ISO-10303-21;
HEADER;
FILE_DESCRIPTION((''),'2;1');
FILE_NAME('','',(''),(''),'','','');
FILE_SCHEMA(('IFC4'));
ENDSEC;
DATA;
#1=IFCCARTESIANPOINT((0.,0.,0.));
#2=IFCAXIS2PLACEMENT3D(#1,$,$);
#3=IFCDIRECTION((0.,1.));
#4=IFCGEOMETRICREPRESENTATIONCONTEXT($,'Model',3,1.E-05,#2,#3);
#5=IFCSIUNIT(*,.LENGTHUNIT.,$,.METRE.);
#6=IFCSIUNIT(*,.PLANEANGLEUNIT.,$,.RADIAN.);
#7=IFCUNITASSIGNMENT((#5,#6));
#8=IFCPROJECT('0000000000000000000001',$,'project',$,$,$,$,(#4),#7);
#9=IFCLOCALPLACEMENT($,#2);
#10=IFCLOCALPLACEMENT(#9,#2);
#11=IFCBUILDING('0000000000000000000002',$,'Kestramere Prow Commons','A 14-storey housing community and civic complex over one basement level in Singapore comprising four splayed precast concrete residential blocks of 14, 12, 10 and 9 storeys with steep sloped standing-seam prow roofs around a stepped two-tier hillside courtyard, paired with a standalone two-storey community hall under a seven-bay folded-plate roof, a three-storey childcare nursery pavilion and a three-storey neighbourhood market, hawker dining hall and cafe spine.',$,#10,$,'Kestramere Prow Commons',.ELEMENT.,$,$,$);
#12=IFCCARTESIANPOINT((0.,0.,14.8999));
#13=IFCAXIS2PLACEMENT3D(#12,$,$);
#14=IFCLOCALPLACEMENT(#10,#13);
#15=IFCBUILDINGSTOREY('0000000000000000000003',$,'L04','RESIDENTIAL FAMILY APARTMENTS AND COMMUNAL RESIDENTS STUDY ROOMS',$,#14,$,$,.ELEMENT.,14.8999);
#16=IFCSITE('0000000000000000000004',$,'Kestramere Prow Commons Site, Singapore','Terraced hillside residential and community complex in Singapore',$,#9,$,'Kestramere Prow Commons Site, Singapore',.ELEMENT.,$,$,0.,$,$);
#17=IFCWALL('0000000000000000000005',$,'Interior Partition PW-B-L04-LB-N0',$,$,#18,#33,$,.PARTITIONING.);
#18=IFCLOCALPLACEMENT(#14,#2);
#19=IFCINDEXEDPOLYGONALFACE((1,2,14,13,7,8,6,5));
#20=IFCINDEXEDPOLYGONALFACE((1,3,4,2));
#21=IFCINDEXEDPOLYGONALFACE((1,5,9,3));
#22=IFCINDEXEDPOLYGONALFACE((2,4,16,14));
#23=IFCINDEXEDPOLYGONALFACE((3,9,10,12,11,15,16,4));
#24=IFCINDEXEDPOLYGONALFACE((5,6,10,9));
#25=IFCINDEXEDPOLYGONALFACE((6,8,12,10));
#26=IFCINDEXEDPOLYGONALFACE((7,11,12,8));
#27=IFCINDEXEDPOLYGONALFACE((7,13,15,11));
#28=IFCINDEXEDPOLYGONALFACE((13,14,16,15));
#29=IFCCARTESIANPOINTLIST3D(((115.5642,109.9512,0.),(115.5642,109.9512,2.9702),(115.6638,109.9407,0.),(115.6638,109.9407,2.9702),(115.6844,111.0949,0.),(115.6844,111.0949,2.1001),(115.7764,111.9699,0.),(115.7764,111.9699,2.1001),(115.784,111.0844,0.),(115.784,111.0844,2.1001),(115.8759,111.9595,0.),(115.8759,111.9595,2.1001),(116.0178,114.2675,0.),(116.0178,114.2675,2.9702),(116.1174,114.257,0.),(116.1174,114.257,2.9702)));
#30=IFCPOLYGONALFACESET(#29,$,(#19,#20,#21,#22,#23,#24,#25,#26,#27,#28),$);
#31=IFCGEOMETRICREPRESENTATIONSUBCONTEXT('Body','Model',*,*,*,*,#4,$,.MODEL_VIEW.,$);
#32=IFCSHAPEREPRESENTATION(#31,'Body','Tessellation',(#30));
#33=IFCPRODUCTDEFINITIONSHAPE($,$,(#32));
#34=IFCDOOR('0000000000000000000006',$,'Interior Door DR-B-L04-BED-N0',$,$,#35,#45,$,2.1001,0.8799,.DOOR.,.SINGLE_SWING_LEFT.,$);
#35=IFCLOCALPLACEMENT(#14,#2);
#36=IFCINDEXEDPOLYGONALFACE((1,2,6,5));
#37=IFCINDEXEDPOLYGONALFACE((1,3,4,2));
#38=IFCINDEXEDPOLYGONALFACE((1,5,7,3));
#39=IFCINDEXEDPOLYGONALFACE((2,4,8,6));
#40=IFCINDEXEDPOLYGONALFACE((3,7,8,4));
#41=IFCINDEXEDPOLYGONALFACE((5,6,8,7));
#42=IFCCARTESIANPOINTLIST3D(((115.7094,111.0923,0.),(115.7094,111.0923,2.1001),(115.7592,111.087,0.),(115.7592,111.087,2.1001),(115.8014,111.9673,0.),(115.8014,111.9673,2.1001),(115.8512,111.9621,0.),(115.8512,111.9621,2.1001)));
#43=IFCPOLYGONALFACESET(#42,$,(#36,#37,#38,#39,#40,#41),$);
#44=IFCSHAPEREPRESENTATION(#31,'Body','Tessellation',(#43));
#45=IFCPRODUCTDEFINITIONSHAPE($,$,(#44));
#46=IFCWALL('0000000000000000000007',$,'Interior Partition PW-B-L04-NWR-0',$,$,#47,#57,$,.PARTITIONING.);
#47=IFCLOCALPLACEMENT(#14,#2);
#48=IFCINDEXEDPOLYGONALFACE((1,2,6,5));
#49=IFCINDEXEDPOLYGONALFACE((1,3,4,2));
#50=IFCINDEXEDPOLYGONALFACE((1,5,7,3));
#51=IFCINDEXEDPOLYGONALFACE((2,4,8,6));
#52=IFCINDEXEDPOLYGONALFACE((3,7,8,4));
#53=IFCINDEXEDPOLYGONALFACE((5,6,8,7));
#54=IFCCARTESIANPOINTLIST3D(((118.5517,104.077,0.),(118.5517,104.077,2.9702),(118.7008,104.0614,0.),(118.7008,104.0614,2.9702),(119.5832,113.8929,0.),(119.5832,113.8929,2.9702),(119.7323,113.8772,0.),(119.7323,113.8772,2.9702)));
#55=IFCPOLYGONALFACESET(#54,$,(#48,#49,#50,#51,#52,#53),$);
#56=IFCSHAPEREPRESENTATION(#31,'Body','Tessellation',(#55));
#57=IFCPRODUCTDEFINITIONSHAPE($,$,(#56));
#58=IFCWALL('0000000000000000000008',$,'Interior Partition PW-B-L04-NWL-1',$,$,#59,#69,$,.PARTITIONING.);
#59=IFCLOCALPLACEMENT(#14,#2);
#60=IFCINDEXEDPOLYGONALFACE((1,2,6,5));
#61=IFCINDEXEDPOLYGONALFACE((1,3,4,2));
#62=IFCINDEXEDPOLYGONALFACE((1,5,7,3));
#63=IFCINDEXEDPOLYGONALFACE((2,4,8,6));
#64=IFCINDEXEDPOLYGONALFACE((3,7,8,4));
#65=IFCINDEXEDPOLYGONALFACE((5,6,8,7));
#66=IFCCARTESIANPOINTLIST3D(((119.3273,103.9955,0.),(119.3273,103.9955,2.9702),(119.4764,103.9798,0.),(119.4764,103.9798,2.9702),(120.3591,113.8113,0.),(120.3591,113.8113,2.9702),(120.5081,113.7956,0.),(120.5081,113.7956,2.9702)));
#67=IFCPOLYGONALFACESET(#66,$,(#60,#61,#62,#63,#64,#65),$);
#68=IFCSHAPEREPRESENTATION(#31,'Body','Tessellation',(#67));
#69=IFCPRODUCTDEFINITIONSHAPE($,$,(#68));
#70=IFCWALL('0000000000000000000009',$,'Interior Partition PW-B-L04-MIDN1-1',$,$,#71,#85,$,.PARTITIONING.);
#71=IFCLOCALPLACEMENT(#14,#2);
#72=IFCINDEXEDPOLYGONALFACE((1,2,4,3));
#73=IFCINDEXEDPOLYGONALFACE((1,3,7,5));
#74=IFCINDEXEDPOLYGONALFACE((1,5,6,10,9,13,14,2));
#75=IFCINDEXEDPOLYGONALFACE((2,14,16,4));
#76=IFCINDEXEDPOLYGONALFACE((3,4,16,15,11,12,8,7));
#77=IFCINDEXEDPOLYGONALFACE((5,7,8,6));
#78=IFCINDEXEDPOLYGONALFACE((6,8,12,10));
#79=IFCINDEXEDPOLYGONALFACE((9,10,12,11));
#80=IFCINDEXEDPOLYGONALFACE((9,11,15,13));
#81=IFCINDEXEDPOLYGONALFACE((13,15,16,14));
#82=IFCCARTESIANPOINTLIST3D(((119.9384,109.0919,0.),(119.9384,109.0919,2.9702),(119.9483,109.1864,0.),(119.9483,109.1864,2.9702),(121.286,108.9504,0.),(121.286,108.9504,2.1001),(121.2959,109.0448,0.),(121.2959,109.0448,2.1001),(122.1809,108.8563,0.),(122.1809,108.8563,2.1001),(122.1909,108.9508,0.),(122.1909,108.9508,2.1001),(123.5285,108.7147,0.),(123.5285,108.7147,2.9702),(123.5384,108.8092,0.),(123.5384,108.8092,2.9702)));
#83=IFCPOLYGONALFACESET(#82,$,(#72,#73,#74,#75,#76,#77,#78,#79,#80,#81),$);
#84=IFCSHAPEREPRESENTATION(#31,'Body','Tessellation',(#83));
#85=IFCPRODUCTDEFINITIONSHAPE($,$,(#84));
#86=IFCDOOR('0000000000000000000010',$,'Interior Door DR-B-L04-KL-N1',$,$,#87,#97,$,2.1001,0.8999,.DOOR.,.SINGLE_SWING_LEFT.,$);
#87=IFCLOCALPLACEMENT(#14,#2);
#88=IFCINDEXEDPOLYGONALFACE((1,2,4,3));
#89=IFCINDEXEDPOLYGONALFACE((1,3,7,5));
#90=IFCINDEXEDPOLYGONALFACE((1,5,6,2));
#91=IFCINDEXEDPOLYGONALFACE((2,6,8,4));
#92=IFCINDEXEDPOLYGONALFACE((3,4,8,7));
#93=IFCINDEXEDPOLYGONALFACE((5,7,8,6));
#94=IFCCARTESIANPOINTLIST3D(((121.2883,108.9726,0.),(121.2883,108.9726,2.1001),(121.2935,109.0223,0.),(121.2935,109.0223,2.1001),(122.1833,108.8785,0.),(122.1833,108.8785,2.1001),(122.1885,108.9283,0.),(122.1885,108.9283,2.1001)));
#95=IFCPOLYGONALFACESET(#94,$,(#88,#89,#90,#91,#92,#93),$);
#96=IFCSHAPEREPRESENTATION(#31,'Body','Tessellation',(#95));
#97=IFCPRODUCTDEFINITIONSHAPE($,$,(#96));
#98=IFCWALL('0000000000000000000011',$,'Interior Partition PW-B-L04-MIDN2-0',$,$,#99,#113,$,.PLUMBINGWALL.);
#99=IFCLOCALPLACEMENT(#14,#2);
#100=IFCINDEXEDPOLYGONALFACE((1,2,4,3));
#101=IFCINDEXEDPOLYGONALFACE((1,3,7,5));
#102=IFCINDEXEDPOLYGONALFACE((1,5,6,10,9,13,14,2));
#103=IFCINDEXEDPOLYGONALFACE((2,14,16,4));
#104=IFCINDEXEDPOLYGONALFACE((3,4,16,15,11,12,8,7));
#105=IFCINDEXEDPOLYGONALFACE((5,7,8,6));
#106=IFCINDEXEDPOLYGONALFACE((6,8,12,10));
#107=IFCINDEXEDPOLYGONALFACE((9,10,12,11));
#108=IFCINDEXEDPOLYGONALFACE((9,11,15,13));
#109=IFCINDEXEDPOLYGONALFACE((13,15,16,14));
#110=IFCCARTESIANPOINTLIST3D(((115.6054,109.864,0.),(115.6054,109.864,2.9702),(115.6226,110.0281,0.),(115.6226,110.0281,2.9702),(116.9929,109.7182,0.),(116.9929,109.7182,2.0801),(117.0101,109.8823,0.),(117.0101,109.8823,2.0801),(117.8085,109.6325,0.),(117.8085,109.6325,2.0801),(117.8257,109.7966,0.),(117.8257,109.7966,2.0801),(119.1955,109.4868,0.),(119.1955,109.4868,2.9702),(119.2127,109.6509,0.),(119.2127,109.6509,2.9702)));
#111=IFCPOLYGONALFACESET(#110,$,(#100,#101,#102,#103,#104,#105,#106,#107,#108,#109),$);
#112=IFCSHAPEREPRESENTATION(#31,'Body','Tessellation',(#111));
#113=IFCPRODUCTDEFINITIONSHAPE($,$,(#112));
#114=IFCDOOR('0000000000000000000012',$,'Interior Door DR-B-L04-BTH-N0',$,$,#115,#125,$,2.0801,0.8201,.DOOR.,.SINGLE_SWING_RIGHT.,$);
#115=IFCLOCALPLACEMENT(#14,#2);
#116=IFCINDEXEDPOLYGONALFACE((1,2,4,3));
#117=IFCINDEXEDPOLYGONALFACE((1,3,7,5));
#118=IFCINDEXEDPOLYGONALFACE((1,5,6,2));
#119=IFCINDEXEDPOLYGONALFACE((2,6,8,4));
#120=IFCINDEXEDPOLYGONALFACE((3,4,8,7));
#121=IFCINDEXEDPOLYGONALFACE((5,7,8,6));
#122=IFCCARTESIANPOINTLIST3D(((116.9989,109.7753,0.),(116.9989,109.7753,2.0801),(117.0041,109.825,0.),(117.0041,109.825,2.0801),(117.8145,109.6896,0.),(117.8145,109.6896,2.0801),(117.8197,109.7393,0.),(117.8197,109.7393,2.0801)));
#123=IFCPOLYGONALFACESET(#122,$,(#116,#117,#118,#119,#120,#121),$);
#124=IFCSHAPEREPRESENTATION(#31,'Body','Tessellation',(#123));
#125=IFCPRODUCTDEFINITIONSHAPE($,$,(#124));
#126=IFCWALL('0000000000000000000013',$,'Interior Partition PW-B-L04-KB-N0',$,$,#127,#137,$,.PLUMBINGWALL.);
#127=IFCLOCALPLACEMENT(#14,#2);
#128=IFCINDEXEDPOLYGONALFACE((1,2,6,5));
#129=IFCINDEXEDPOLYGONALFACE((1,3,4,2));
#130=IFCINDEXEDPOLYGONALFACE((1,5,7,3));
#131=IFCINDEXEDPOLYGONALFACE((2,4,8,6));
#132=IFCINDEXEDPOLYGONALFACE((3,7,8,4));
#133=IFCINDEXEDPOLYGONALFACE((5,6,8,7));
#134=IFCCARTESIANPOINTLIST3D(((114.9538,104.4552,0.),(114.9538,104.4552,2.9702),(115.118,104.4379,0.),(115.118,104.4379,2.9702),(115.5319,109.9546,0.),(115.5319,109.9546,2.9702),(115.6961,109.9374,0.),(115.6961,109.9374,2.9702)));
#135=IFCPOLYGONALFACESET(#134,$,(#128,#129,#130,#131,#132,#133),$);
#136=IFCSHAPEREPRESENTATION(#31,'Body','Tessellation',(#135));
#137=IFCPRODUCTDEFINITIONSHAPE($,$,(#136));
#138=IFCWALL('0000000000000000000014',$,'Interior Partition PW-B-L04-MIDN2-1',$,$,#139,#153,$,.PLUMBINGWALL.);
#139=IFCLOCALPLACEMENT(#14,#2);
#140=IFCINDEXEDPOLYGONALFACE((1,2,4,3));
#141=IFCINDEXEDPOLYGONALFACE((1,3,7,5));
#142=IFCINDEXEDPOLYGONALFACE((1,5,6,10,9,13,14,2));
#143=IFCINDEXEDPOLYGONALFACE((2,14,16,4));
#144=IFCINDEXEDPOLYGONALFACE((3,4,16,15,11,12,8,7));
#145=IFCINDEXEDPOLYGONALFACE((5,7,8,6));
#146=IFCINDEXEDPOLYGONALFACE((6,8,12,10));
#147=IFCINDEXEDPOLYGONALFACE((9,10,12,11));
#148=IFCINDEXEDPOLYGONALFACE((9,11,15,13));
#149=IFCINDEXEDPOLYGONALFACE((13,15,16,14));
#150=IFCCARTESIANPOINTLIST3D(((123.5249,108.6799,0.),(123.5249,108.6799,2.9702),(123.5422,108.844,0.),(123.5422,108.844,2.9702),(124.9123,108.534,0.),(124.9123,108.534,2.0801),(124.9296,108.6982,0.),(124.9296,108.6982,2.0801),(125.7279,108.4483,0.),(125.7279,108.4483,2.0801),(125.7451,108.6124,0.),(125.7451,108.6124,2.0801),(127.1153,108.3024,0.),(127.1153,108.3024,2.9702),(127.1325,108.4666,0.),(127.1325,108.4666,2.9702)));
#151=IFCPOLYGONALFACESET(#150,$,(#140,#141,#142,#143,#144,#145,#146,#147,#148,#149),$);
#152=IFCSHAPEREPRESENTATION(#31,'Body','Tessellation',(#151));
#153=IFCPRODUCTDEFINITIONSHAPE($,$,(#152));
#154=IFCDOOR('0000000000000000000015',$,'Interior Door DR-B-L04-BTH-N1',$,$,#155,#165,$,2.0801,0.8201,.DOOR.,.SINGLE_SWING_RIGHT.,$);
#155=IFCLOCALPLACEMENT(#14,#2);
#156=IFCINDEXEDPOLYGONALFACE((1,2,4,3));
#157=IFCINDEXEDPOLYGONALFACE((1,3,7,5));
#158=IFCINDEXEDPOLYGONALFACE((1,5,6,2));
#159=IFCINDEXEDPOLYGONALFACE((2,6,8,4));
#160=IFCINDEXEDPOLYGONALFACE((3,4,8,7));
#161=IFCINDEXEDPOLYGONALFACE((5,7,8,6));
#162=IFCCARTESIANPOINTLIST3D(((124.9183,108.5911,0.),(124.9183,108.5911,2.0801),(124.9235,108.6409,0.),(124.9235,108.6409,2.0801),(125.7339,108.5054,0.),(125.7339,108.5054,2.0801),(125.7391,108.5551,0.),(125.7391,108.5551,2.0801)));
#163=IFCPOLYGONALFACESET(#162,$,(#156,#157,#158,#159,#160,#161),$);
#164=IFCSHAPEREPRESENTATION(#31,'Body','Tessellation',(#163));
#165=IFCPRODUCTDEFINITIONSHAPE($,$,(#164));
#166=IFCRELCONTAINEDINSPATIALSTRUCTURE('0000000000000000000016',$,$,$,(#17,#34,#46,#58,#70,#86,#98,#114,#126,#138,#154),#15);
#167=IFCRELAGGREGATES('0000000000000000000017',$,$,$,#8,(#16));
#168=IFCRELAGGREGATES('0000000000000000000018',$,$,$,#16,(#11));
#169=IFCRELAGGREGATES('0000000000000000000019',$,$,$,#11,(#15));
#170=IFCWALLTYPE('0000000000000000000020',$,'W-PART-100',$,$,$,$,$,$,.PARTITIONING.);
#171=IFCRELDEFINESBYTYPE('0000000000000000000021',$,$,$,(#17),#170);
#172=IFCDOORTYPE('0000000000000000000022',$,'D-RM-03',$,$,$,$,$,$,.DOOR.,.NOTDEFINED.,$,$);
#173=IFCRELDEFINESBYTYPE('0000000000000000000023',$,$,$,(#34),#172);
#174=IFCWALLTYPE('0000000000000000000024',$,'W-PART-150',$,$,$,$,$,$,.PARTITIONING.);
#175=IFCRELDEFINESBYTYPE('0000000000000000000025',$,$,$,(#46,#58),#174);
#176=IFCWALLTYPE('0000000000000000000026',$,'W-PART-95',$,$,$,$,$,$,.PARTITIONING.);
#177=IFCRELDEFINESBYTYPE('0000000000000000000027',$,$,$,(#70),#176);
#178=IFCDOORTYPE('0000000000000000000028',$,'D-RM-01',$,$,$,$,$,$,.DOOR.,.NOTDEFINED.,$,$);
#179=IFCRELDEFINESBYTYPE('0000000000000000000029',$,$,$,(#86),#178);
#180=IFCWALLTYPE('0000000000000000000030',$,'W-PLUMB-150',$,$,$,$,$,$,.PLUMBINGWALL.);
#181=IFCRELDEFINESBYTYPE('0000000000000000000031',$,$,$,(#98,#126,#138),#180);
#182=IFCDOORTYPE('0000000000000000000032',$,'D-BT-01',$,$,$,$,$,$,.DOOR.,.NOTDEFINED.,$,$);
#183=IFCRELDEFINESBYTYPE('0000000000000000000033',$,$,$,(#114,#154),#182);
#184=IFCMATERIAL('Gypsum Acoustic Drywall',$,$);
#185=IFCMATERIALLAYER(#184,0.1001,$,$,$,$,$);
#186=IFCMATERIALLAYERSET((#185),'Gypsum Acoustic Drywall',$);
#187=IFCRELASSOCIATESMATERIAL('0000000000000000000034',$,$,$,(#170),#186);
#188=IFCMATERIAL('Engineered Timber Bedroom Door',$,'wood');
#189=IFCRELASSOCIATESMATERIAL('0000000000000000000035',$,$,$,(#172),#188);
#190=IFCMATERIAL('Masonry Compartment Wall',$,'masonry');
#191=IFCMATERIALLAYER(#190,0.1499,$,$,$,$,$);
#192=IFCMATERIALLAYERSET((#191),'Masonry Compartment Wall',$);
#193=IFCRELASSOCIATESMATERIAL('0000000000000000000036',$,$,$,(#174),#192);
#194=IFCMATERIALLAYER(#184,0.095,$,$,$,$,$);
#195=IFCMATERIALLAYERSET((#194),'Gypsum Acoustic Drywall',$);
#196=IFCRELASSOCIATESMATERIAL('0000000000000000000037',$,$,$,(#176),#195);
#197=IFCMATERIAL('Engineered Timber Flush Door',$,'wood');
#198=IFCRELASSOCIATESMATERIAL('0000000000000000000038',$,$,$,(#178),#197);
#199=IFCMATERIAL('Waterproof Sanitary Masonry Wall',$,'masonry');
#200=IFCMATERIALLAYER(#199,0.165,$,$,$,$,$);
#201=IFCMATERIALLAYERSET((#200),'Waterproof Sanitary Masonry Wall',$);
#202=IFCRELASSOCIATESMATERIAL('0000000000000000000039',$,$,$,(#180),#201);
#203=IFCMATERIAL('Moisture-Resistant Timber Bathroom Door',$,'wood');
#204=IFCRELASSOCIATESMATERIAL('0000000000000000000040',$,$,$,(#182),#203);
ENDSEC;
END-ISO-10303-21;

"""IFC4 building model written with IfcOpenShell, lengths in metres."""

from ifc_helpers import new_model, si_unit, direction, frame, frame_2d, origin, place, context, subcontext, project, spatial, rectangle, extrude, material, layer, layer_set, type_object, element, fill, save


model = new_model("IFC4")

# Units and contexts
model_context = context("Model", 3, precision=1e-05, world=origin(), true_north=direction((0.0, 1.0)))
body_context = subcontext(model_context, "Body", "Model", "MODEL_VIEW")
ifc_project = project(units=[si_unit("LENGTHUNIT", "METRE"), si_unit("PLANEANGLEUNIT", "RADIAN")], contexts=[model_context])

# Site, building, storey
site_placement = place(None, origin())
site = spatial("IfcSite", under=ifc_project, at=site_placement, Name="Kestramere Prow Commons Site, Singapore", Description="Terraced hillside residential and community complex in Singapore", LongName="Kestramere Prow Commons Site, Singapore", CompositionType="ELEMENT", RefElevation=0.0)
building_placement = place(site_placement, origin())
building = spatial("IfcBuilding", under=site, at=building_placement, Name="Kestramere Prow Commons", Description="A 14-storey housing community and civic complex over one basement level in Singapore comprising four splayed precast concrete residential blocks of 14, 12, 10 and 9 storeys with steep sloped standing-seam prow roofs around a stepped two-tier hillside courtyard, paired with a standalone two-storey community hall under a seven-bay folded-plate roof, a three-storey childcare nursery pavilion and a three-storey neighbourhood market, hawker dining hall and cafe spine.", LongName="Kestramere Prow Commons", CompositionType="ELEMENT")
storey_placement = place(building_placement, frame((0.0, 0.0, 14.8999)))
storey = spatial("IfcBuildingStorey", under=building, at=storey_placement, Name="L04", Description="RESIDENTIAL FAMILY APARTMENTS AND COMMUNAL RESIDENTS STUDY ROOMS", CompositionType="ELEMENT", Elevation=14.8999)

# Wall, opening, door
ifc_material_1 = material(Name="Gypsum Acoustic Drywall")
ifc_layer_1 = layer(ifc_material_1, 0.1001)
ifc_layer_set_1 = layer_set([ifc_layer_1], Name="Gypsum Acoustic Drywall")
wall_type_1 = type_object("IfcWallType", Name="W-PART-100", PredefinedType="PARTITIONING", material=ifc_layer_set_1)
wall_1_placement = place(storey_placement, frame((115.614, 109.946, 0.0), z_axis=(0.0, 0.0, 1.0), x_axis=(0.104515, 0.994523, 0.0)))
wall_1 = element("IfcWall", 1, at=wall_1_placement, inside=storey, type_object=wall_type_1, Name="Interior Partition PW-B-L04-LB-N0", PredefinedType="PARTITIONING", context=body_context, shape_type="SweptSolid", body=[
    extrude(rectangle(XDim=4.3401, YDim=0.1001, at=frame_2d((2.1699, 0.0))), origin(), (0.0, 0.0, 1.0), 2.9702),
])
opening_1_placement = place(wall_1_placement, frame((1.1499, 0.0, 0.0)))
opening_1 = element("IfcOpeningElement", 2, at=opening_1_placement, cuts=wall_1, PredefinedType="OPENING", context=body_context, shape_type="SweptSolid", body=[
    extrude(rectangle(XDim=0.8799, YDim=2.1001, at=frame_2d((0.4399, 1.05))), frame((0.0, 0.0649, 0.0), z_axis=(0.0, -1.0, 0.0), x_axis=(1.0, 0.0, 0.0)), (0.0, 0.0, 1.0), 0.1301),
])
ifc_material_2 = material(Name="Engineered Timber Bedroom Door", Category="wood")
door_type_1 = type_object("IfcDoorType", Name="D-RM-03", OperationType="NOTDEFINED", PredefinedType="DOOR", material=ifc_material_2)
door_1_placement = place(opening_1_placement, origin())
door_1 = element("IfcDoor", 3, at=door_1_placement, inside=storey, type_object=door_type_1, Name="Interior Door DR-B-L04-BED-N0", OperationType="SINGLE_SWING_LEFT", OverallHeight=2.1001, OverallWidth=0.8799, PredefinedType="DOOR", context=body_context, shape_type="SweptSolid", body=[
    extrude(rectangle(XDim=0.8799, YDim=2.1001, at=frame_2d((0.4399, 1.05))), frame((0.0, 0.0249, 0.0), z_axis=(0.0, -1.0, 0.0), x_axis=(1.0, 0.0, 0.0)), (0.0, 0.0, 1.0), 0.05),
])
fill(opening_1, door_1)

# Walls
ifc_material_3 = material(Name="Masonry Compartment Wall", Category="masonry")
ifc_layer_2 = layer(ifc_material_3, 0.1499)
ifc_layer_set_2 = layer_set([ifc_layer_2], Name="Masonry Compartment Wall")
wall_type_2 = type_object("IfcWallType", Name="W-PART-150", PredefinedType="PARTITIONING", material=ifc_layer_set_2)
for number, where, z_axis, x_axis, name in (
    (4, (118.6262, 104.0691, 0.0), (0.0, 0.0, 1.0), (0.104508, 0.994524, 0.0), "Interior Partition PW-B-L04-NWR-0"),
    (5, (119.4019, 103.9875, 0.0), (0.0, 0.0, 1.0), (0.104533, 0.994521, 0.0), "Interior Partition PW-B-L04-NWL-1"),
):
    element("IfcWall", number, at=place(storey_placement, frame(where, z_axis=z_axis, x_axis=x_axis)), inside=storey, type_object=wall_type_2, Name=name, PredefinedType="PARTITIONING", context=body_context, shape_type="SweptSolid", body=[
        extrude(rectangle(XDim=9.8699, YDim=0.1499, at=frame_2d((4.9351, 0.0))), origin(), (0.0, 0.0, 1.0), 2.9702),
    ])

# Walls, openings, doors
ifc_layer_3 = layer(ifc_material_1, 0.095)
ifc_layer_set_3 = layer_set([ifc_layer_3], Name="Gypsum Acoustic Drywall")
wall_type_3 = type_object("IfcWallType", Name="W-PART-95", PredefinedType="PARTITIONING", material=ifc_layer_set_3)
wall_2_placement = place(storey_placement, frame((119.9434, 109.1392, 0.0), z_axis=(0.0, 0.0, 1.0), x_axis=(0.994526, -0.104491, 0.0)))
wall_2 = element("IfcWall", 6, at=wall_2_placement, inside=storey, type_object=wall_type_3, Name="Interior Partition PW-B-L04-MIDN1-1", PredefinedType="PARTITIONING", context=body_context, shape_type="SweptSolid", body=[
    extrude(rectangle(XDim=3.6099, YDim=0.095, at=frame_2d((1.8049, 0.0))), origin(), (0.0, 0.0, 1.0), 2.9702),
])
opening_2_placement = place(wall_2_placement, frame((1.355, 0.0, 0.0)))
opening_2 = element("IfcOpeningElement", 7, at=opening_2_placement, cuts=wall_2, PredefinedType="OPENING", context=body_context, shape_type="SweptSolid", body=[
    extrude(rectangle(XDim=0.8999, YDim=2.1001, at=frame_2d((0.45, 1.05))), frame((0.0, 0.0625, 0.0), z_axis=(0.0, -1.0, 0.0), x_axis=(1.0, 0.0, 0.0)), (0.0, 0.0, 1.0), 0.125),
])
ifc_material_4 = material(Name="Engineered Timber Flush Door", Category="wood")
door_type_2 = type_object("IfcDoorType", Name="D-RM-01", OperationType="NOTDEFINED", PredefinedType="DOOR", material=ifc_material_4)
door_2_placement = place(opening_2_placement, origin())
door_2 = element("IfcDoor", 8, at=door_2_placement, inside=storey, type_object=door_type_2, Name="Interior Door DR-B-L04-KL-N1", OperationType="SINGLE_SWING_LEFT", OverallHeight=2.1001, OverallWidth=0.8999, PredefinedType="DOOR", context=body_context, shape_type="SweptSolid", body=[
    extrude(rectangle(XDim=0.8999, YDim=2.1001, at=frame_2d((0.45, 1.05))), frame((0.0, 0.0249, 0.0), z_axis=(0.0, -1.0, 0.0), x_axis=(1.0, 0.0, 0.0)), (0.0, 0.0, 1.0), 0.05),
])
fill(opening_2, door_2)
ifc_material_5 = material(Name="Waterproof Sanitary Masonry Wall", Category="masonry")
ifc_layer_4 = layer(ifc_material_5, 0.165)
ifc_layer_set_4 = layer_set([ifc_layer_4], Name="Waterproof Sanitary Masonry Wall")
wall_type_4 = type_object("IfcWallType", Name="W-PLUMB-150", PredefinedType="PLUMBINGWALL", material=ifc_layer_set_4)
wall_3_placement = place(storey_placement, frame((115.614, 109.946, 0.0), z_axis=(0.0, 0.0, 1.0), x_axis=(0.994526, -0.104491, 0.0)))
wall_3 = element("IfcWall", 9, at=wall_3_placement, inside=storey, type_object=wall_type_4, Name="Interior Partition PW-B-L04-MIDN2-0", PredefinedType="PLUMBINGWALL", context=body_context, shape_type="SweptSolid", body=[
    extrude(rectangle(XDim=3.6099, YDim=0.165, at=frame_2d((1.8049, 0.0))), origin(), (0.0, 0.0, 1.0), 2.9702),
])
opening_3_placement = place(wall_3_placement, frame((1.395, 0.0, 0.0)))
opening_3 = element("IfcOpeningElement", 10, at=opening_3_placement, cuts=wall_3, PredefinedType="OPENING", context=body_context, shape_type="SweptSolid", body=[
    extrude(rectangle(XDim=0.8201, YDim=2.0801, at=frame_2d((0.4102, 1.04))), frame((0.0, 0.0974, 0.0), z_axis=(0.0, -1.0, 0.0), x_axis=(1.0, 0.0, 0.0)), (0.0, 0.0, 1.0), 0.1951),
])
ifc_material_6 = material(Name="Moisture-Resistant Timber Bathroom Door", Category="wood")
door_type_3 = type_object("IfcDoorType", Name="D-BT-01", OperationType="NOTDEFINED", PredefinedType="DOOR", material=ifc_material_6)
door_3_placement = place(opening_3_placement, origin())
door_3 = element("IfcDoor", 11, at=door_3_placement, inside=storey, type_object=door_type_3, Name="Interior Door DR-B-L04-BTH-N0", OperationType="SINGLE_SWING_RIGHT", OverallHeight=2.0801, OverallWidth=0.8201, PredefinedType="DOOR", context=body_context, shape_type="SweptSolid", body=[
    extrude(rectangle(XDim=0.8201, YDim=2.0801, at=frame_2d((0.4102, 1.04))), frame((0.0, 0.0249, 0.0), z_axis=(0.0, -1.0, 0.0), x_axis=(1.0, 0.0, 0.0)), (0.0, 0.0, 1.0), 0.05),
])
fill(opening_3, door_3)

# Wall
wall_4_placement = place(storey_placement, frame((115.0359, 104.4465, 0.0), z_axis=(0.0, 0.0, 1.0), x_axis=(0.104547, 0.99452, 0.0)))
element("IfcWall", 12, at=wall_4_placement, inside=storey, type_object=wall_type_4, Name="Interior Partition PW-B-L04-KB-N0", PredefinedType="PLUMBINGWALL", context=body_context, shape_type="SweptSolid", body=[
    extrude(rectangle(XDim=5.5298, YDim=0.165, at=frame_2d((2.7649, 0.0))), origin(), (0.0, 0.0, 1.0), 2.9702),
])

# Wall, opening, door
wall_5_placement = place(storey_placement, frame((123.5334, 108.762, 0.0), z_axis=(0.0, 0.0, 1.0), x_axis=(0.99452, -0.104551, 0.0)))
wall_5 = element("IfcWall", 13, at=wall_5_placement, inside=storey, type_object=wall_type_4, Name="Interior Partition PW-B-L04-MIDN2-1", PredefinedType="PLUMBINGWALL", context=body_context, shape_type="SweptSolid", body=[
    extrude(rectangle(XDim=3.6101, YDim=0.165, at=frame_2d((1.8052, 0.0))), origin(), (0.0, 0.0, 1.0), 2.9702),
])
opening_4_placement = place(wall_5_placement, frame((1.395, 0.0, 0.0)))
opening_4 = element("IfcOpeningElement", 14, at=opening_4_placement, cuts=wall_5, PredefinedType="OPENING", context=body_context, shape_type="SweptSolid", body=[
    extrude(rectangle(XDim=0.8201, YDim=2.0801, at=frame_2d((0.4102, 1.04))), frame((0.0, 0.0974, 0.0), z_axis=(0.0, -1.0, 0.0), x_axis=(1.0, 0.0, 0.0)), (0.0, 0.0, 1.0), 0.1951),
])
door_4_placement = place(opening_4_placement, origin())
door_4 = element("IfcDoor", 15, at=door_4_placement, inside=storey, type_object=door_type_3, Name="Interior Door DR-B-L04-BTH-N1", OperationType="SINGLE_SWING_RIGHT", OverallHeight=2.0801, OverallWidth=0.8201, PredefinedType="DOOR", context=body_context, shape_type="SweptSolid", body=[
    extrude(rectangle(XDim=0.8201, YDim=2.0801, at=frame_2d((0.4102, 1.04))), frame((0.0, 0.0249, 0.0), z_axis=(0.0, -1.0, 0.0), x_axis=(1.0, 0.0, 0.0)), (0.0, 0.0, 1.0), 0.05),
])
fill(opening_4, door_4)

save(model, "model.ifc")
